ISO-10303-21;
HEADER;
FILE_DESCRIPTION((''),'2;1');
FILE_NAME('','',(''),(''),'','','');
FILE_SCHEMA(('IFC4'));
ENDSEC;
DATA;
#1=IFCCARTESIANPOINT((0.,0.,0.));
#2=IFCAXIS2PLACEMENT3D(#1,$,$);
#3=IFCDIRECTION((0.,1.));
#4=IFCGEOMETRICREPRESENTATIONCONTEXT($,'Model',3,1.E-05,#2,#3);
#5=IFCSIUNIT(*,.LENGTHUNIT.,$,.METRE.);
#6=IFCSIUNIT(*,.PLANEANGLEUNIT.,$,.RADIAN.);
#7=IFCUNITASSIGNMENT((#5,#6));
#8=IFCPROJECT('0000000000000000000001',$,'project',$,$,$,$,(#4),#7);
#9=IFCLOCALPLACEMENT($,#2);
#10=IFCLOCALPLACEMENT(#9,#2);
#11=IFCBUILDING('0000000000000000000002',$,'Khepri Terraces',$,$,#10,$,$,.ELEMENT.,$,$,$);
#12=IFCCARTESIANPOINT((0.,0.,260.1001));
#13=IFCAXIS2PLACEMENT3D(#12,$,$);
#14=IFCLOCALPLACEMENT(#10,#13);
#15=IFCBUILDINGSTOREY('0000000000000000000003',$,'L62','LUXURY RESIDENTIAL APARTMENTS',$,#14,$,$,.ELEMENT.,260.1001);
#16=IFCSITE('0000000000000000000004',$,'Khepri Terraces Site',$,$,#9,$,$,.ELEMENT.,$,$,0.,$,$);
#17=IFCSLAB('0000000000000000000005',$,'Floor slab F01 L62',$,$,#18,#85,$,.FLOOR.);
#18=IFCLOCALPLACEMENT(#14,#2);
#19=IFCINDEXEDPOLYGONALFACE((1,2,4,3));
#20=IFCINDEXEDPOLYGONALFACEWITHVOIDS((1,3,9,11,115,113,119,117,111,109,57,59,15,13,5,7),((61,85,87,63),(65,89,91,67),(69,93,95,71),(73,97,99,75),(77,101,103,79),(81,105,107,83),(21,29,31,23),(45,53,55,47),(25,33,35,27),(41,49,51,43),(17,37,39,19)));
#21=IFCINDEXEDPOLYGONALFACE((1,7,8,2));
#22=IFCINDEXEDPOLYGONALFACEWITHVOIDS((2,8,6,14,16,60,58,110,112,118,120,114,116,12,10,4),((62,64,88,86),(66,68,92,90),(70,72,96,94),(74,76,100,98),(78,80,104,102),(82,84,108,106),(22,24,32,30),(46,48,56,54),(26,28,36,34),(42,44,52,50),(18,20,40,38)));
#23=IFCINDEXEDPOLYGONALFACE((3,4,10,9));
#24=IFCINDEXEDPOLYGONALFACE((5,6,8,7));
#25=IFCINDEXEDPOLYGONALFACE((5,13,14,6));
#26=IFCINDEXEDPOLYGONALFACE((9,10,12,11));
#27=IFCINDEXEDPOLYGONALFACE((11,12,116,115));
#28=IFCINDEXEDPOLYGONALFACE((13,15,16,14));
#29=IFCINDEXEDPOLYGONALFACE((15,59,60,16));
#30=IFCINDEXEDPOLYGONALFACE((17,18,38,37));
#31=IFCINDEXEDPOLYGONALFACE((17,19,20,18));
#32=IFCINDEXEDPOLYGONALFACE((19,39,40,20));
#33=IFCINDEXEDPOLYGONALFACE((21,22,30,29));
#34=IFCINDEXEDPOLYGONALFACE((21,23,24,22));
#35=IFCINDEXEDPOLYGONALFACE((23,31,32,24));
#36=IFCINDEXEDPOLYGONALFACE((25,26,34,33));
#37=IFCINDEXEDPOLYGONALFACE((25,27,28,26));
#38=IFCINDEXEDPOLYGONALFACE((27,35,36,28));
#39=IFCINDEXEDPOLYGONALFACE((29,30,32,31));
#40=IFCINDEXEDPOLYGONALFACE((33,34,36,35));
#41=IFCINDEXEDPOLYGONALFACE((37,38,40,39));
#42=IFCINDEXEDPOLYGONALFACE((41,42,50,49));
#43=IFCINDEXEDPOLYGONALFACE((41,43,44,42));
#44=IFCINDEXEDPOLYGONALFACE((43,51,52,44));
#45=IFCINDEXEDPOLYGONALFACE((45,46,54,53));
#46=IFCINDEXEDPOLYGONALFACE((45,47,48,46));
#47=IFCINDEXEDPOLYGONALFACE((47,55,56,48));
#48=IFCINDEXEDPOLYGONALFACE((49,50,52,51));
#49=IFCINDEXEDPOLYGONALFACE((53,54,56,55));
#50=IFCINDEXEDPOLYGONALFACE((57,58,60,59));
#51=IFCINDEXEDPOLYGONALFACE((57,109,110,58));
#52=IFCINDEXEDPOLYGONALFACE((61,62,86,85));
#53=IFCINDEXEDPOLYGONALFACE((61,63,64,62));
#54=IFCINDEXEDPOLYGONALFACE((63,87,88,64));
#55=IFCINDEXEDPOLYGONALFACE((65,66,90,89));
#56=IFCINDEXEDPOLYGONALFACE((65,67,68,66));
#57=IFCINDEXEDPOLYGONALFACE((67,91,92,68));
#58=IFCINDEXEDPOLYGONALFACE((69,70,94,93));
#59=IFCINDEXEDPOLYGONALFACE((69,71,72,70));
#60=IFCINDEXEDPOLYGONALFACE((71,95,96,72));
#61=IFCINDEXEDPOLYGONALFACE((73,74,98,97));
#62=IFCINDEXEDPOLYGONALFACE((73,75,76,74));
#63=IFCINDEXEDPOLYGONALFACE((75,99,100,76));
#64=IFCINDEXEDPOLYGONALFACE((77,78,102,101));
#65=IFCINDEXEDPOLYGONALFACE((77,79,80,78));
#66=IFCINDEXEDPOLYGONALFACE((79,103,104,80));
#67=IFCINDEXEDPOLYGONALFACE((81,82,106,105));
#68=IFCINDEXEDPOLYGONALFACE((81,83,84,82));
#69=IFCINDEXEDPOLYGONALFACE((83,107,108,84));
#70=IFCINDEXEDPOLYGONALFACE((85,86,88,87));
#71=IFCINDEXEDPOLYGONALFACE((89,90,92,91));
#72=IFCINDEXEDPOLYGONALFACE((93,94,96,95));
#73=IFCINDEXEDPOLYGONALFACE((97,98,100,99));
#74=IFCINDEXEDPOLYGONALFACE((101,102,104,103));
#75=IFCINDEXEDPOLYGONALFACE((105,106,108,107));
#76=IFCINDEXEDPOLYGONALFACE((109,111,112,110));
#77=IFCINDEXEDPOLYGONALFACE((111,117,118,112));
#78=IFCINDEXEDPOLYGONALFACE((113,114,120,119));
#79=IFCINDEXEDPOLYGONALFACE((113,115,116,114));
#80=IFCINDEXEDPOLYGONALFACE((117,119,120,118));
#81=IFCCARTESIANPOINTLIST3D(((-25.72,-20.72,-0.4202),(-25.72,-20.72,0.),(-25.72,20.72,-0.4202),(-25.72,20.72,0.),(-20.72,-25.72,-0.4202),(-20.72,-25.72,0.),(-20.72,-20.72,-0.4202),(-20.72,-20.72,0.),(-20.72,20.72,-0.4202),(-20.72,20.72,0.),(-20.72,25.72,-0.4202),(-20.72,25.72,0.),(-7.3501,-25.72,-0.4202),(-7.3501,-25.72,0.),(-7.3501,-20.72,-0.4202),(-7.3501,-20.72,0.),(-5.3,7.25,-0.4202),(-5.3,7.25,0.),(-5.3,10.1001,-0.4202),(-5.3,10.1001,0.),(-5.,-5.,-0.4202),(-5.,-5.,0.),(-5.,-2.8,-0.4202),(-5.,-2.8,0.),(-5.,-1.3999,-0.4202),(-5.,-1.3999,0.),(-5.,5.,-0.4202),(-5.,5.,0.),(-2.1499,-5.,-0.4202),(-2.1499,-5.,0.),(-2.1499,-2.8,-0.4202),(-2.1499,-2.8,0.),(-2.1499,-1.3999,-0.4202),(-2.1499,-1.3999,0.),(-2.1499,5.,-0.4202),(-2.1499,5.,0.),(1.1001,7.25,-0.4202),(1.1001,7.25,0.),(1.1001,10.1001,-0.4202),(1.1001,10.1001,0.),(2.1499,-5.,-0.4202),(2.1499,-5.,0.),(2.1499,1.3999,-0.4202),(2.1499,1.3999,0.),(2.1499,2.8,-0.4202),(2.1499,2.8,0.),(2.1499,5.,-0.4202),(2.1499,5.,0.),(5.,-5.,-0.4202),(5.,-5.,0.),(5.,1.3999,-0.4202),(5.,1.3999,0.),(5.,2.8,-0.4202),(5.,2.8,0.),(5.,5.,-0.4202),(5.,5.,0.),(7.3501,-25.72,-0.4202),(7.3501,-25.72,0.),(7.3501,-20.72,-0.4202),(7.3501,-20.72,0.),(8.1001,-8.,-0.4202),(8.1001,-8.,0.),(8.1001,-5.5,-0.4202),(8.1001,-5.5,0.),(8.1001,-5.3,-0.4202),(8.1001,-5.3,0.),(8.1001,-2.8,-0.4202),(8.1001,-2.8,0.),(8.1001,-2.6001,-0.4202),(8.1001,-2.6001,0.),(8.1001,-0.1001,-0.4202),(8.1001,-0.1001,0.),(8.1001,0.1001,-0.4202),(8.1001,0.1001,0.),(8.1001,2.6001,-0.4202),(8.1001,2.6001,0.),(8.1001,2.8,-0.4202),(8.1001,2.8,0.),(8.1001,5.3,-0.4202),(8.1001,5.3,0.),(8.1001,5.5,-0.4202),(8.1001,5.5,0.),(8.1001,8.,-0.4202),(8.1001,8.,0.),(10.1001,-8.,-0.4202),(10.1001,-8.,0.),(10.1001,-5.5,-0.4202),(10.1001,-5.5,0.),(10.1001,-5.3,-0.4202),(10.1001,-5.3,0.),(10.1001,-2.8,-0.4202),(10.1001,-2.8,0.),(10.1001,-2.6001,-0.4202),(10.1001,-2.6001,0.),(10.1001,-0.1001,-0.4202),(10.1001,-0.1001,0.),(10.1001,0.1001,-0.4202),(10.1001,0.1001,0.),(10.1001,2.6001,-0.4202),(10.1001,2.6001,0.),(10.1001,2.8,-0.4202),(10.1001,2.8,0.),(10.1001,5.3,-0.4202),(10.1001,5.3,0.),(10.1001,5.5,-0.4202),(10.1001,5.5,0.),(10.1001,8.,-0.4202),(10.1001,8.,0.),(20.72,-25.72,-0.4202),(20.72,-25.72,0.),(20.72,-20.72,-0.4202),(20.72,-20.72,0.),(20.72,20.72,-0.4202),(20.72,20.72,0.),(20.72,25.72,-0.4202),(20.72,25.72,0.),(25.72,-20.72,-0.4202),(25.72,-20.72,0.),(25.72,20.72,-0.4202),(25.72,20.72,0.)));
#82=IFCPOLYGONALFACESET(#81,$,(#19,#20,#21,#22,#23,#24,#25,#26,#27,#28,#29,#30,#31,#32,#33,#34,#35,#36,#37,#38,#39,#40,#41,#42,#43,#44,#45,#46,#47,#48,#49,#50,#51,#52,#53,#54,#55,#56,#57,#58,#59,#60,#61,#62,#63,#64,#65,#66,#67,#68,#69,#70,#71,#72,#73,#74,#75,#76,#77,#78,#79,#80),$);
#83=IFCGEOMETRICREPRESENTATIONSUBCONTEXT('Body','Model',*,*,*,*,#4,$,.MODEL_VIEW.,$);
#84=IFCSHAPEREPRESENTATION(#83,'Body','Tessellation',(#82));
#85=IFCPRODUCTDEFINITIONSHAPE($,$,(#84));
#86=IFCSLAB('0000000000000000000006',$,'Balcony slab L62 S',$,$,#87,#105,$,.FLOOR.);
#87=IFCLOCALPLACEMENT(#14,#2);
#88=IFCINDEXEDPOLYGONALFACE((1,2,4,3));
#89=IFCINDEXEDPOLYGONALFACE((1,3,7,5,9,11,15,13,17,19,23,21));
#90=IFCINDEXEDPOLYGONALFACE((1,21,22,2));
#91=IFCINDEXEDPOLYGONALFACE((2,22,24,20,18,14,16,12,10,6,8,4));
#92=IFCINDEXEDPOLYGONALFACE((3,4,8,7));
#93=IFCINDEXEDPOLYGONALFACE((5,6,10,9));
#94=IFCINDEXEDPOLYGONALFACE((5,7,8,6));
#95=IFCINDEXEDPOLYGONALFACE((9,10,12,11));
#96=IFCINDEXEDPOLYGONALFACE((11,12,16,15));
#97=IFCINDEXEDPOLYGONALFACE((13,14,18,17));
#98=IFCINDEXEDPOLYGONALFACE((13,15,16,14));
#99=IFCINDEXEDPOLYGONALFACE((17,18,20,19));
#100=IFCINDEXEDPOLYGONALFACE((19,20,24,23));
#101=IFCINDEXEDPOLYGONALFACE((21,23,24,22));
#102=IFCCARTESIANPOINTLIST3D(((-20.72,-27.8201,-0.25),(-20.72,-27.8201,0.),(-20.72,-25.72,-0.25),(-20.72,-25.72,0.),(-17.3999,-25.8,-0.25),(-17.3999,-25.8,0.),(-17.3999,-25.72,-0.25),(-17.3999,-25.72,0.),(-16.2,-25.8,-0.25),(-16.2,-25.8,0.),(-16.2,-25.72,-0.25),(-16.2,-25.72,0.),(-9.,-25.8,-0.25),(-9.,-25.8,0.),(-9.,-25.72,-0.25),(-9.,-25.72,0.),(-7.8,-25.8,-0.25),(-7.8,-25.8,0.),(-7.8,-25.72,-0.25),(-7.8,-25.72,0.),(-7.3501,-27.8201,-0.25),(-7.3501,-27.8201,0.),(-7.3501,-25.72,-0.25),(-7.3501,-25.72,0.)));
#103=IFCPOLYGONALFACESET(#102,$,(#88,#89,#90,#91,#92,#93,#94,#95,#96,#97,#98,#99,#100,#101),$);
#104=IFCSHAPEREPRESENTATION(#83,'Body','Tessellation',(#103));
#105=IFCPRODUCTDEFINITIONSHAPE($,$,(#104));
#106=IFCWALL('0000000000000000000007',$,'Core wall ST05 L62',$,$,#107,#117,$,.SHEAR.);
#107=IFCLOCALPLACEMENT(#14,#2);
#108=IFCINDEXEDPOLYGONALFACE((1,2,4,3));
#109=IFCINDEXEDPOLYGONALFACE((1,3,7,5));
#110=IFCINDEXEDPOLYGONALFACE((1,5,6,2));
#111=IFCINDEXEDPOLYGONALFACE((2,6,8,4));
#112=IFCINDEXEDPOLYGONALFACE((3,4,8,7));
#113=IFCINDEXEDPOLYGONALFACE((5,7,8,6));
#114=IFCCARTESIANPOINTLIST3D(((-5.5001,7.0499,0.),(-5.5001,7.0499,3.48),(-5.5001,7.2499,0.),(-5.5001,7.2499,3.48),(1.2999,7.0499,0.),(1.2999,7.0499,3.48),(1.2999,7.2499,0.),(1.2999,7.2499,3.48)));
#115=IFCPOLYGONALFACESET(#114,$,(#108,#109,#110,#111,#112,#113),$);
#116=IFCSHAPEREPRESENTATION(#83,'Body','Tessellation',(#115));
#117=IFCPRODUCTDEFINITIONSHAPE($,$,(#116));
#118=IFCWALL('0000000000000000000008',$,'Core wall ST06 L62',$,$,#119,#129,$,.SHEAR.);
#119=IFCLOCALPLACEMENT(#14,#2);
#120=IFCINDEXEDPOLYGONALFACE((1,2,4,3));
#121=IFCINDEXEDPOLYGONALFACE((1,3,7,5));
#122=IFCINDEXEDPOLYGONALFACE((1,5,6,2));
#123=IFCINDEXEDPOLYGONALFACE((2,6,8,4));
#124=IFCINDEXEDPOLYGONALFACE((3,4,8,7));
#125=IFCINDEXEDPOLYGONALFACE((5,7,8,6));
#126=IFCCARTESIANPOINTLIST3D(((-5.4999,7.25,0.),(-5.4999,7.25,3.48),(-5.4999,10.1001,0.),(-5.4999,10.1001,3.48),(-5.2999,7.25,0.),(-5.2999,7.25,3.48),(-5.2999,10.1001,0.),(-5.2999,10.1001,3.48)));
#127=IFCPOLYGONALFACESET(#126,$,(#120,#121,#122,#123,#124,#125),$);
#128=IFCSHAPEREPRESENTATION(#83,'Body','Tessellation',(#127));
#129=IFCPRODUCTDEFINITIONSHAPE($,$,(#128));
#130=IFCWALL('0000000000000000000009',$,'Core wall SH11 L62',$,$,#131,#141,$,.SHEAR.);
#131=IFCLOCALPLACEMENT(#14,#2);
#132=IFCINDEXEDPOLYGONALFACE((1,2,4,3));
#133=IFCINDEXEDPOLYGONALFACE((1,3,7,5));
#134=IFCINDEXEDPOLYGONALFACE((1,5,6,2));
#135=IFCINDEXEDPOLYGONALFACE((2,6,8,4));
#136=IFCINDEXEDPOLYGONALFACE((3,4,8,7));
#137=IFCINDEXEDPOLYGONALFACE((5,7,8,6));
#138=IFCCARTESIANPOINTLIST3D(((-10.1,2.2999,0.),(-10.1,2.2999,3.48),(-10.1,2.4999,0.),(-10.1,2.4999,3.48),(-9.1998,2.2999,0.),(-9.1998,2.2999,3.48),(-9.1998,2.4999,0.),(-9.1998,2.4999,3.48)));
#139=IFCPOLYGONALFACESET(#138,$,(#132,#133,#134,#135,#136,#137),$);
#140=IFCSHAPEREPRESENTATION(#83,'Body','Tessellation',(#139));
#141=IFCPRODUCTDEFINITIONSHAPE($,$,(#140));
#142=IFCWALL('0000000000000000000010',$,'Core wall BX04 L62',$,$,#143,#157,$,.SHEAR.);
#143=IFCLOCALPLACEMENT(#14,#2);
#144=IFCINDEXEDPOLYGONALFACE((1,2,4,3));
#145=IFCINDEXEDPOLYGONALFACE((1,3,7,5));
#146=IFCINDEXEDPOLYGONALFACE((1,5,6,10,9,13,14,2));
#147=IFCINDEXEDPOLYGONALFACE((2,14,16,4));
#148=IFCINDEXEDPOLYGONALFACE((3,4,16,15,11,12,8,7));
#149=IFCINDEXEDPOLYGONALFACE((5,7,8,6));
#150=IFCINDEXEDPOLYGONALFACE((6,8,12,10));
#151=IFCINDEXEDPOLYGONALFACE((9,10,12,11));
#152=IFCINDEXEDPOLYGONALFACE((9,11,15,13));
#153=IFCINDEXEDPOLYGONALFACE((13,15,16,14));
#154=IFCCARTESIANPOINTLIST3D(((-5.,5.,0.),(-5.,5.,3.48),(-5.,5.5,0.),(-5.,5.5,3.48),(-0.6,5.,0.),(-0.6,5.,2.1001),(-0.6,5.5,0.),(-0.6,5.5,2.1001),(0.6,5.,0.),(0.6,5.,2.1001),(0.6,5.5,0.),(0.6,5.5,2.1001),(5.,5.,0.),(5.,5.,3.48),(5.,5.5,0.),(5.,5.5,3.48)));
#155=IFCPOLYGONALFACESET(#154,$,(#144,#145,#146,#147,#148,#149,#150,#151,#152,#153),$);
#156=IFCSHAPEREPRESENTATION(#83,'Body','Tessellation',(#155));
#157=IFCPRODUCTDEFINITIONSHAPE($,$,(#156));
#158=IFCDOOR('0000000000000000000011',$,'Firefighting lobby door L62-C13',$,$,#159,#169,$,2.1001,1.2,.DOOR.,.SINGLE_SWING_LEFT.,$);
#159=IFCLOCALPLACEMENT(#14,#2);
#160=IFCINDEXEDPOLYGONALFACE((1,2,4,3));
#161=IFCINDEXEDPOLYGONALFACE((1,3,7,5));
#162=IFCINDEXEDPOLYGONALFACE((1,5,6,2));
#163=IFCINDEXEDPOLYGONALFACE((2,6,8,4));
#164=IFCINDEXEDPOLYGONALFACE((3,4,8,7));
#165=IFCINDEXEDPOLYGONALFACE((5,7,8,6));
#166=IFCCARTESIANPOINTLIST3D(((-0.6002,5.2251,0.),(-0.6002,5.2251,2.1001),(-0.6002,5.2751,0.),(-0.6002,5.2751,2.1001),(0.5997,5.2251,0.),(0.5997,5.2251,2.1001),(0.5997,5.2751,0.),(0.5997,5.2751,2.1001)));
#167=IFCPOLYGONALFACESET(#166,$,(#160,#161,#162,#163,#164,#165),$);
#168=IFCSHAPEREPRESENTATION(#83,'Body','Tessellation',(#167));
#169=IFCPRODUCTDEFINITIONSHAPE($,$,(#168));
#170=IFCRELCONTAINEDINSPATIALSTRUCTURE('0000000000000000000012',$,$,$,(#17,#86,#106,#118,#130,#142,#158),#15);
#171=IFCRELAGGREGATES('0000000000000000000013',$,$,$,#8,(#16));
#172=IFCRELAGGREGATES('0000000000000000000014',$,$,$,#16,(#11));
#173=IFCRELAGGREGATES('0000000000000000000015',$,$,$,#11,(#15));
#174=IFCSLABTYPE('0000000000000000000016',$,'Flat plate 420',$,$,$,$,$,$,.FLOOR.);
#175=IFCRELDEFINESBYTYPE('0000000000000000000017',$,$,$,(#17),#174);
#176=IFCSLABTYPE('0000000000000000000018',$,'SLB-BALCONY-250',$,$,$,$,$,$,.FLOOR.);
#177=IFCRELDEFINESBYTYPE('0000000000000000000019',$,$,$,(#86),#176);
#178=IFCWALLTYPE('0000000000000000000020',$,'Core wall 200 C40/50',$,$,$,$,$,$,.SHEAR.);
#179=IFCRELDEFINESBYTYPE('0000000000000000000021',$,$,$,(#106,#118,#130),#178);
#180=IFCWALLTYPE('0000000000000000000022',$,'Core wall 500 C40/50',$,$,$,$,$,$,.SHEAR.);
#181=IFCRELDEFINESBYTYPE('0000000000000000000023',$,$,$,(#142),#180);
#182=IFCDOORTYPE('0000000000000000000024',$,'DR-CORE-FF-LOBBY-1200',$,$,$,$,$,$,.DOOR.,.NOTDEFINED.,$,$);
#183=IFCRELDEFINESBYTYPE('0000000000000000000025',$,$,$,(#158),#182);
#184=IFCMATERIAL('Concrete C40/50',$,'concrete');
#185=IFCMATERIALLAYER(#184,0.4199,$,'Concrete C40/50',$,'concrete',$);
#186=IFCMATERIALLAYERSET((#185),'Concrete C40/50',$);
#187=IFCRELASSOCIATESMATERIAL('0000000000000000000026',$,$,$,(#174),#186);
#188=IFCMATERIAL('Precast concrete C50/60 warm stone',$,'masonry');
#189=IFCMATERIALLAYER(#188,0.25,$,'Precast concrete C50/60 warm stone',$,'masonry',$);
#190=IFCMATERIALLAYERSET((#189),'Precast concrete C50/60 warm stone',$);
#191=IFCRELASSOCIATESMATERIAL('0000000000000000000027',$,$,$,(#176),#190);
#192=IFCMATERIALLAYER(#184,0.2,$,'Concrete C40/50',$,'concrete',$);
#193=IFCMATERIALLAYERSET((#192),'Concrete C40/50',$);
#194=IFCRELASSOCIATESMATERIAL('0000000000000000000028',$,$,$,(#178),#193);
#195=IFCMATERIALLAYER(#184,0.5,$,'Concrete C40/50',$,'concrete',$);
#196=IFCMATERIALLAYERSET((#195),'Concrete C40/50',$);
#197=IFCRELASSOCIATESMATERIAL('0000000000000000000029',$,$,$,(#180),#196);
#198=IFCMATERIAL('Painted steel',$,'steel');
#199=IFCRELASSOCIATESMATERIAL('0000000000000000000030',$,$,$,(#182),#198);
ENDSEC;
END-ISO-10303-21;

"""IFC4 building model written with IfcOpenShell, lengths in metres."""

from ifc_helpers import new_model, si_unit, direction, frame, frame_2d, origin, place, context, subcontext, project, spatial, polyline, rectangle, outline, extrude, material, layer, layer_set, type_object, element, fill, save


model = new_model("IFC4")

# Units and contexts
model_context = context("Model", 3, precision=1e-05, world=origin(), true_north=direction((0.0, 1.0)))
body_context = subcontext(model_context, "Body", "Model", "MODEL_VIEW")
ifc_project = project(units=[si_unit("LENGTHUNIT", "METRE"), si_unit("PLANEANGLEUNIT", "RADIAN")], contexts=[model_context])

# Site, building, storey
site_placement = place(None, origin())
site = spatial("IfcSite", under=ifc_project, at=site_placement, Name="Khepri Terraces Site", CompositionType="ELEMENT", RefElevation=0.0)
building_placement = place(site_placement, origin())
building = spatial("IfcBuilding", under=site, at=building_placement, Name="Khepri Terraces", CompositionType="ELEMENT")
storey_placement = place(building_placement, frame((0.0, 0.0, 260.1001)))
storey = spatial("IfcBuildingStorey", under=building, at=storey_placement, Name="L62", Description="LUXURY RESIDENTIAL APARTMENTS", CompositionType="ELEMENT", Elevation=260.1001)

# Slabs
ifc_material_1 = material(Name="Concrete C40/50", Category="concrete")
ifc_layer_1 = layer(ifc_material_1, 0.4199, Name="Concrete C40/50", Category="concrete")
ifc_layer_set_1 = layer_set([ifc_layer_1], Name="Concrete C40/50")
slab_type_1 = type_object("IfcSlabType", Name="Flat plate 420", PredefinedType="FLOOR", material=ifc_layer_set_1)
slab_1_placement = place(storey_placement, frame((0.0, 0.0, -0.4202)))
element("IfcSlab", 1, at=slab_1_placement, inside=storey, type_object=slab_type_1, Name="Floor slab F01 L62", PredefinedType="FLOOR", context=body_context, shape_type="SweptSolid", body=[
    extrude(outline(polyline([(-20.72, 25.72), (20.72, 25.72), (20.72, 20.72), (25.72, 20.72), (25.72, -20.72), (20.72, -20.72), (20.72, -25.72), (7.3501, -25.72), (7.3501, -20.72), (-7.3501, -20.72), (-7.3501, -25.72), (-20.72, -25.72), (-20.72, -20.72), (-25.72, -20.72), (-25.72, 20.72), (-20.72, 20.72), (-20.72, 25.72)]), holes=[polyline([(2.1499, 2.8), (5.0, 2.8), (5.0, 5.0), (2.1499, 5.0), (2.1499, 2.8)]), polyline([(-5.0, -2.8), (-5.0, -5.0), (-2.1499, -5.0), (-2.1499, -2.8), (-5.0, -2.8)]), polyline([(10.1001, -5.5), (8.1001, -5.5), (8.1001, -8.0), (10.1001, -8.0), (10.1001, -5.5)]), polyline([(10.1001, -5.3), (10.1001, -2.8), (8.1001, -2.8), (8.1001, -5.3), (10.1001, -5.3)]), polyline([(8.1001, -2.6001), (10.1001, -2.6001), (10.1001, -0.1001), (8.1001, -0.1001), (8.1001, -2.6001)]), polyline([(8.1001, 2.6001), (8.1001, 0.1001), (10.1001, 0.1001), (10.1001, 2.6001), (8.1001, 2.6001)]), polyline([(10.1001, 5.3), (8.1001, 5.3), (8.1001, 2.8), (10.1001, 2.8), (10.1001, 5.3)]), polyline([(10.1001, 5.5), (10.1001, 8.0), (8.1001, 8.0), (8.1001, 5.5), (10.1001, 5.5)]), polyline([(-5.0, -1.3999), (-2.1499, -1.3999), (-2.1499, 5.0), (-5.0, 5.0), (-5.0, -1.3999)]), polyline([(5.0, -5.0), (5.0, 1.3999), (2.1499, 1.3999), (2.1499, -5.0), (5.0, -5.0)]), polyline([(-5.3, 10.1001), (-5.3, 7.25), (1.1001, 7.25), (1.1001, 10.1001), (-5.3, 10.1001)])]), origin(), (0.0, 0.0, 1.0), 0.4202),
])
ifc_material_2 = material(Name="Precast concrete C50/60 warm stone", Category="masonry")
ifc_layer_2 = layer(ifc_material_2, 0.25, Name="Precast concrete C50/60 warm stone", Category="masonry")
ifc_layer_set_2 = layer_set([ifc_layer_2], Name="Precast concrete C50/60 warm stone")
slab_type_2 = type_object("IfcSlabType", Name="SLB-BALCONY-250", PredefinedType="FLOOR", material=ifc_layer_set_2)
slab_2_placement = place(storey_placement, frame((0.0, 0.0, -0.25)))
element("IfcSlab", 2, at=slab_2_placement, inside=storey, type_object=slab_type_2, Name="Balcony slab L62 S", PredefinedType="FLOOR", context=body_context, shape_type="SweptSolid", body=[
    extrude(outline(polyline([(-17.3999, -25.72), (-20.72, -25.72), (-20.72, -27.8201), (-7.3501, -27.8201), (-7.3501, -25.72), (-7.8, -25.72), (-7.8, -25.8), (-9.0, -25.8), (-9.0, -25.72), (-16.2, -25.72), (-16.2, -25.8), (-17.3999, -25.8), (-17.3999, -25.72)])), origin(), (0.0, 0.0, 1.0), 0.25),
])

# Walls
ifc_layer_3 = layer(ifc_material_1, 0.2, Name="Concrete C40/50", Category="concrete")
ifc_layer_set_3 = layer_set([ifc_layer_3], Name="Concrete C40/50")
wall_type_1 = type_object("IfcWallType", Name="Core wall 200 C40/50", PredefinedType="SHEAR", material=ifc_layer_set_3)
wall_1_placement = place(storey_placement, frame((-5.5, 7.1499, 0.0), z_axis=(0.0, 0.0, 1.0), x_axis=(1.0, 0.0, 0.0)))
element("IfcWall", 3, at=wall_1_placement, inside=storey, type_object=wall_type_1, Name="Core wall ST05 L62", PredefinedType="SHEAR", context=body_context, shape_type="SweptSolid", body=[
    extrude(rectangle(XDim=6.8, YDim=0.2, at=frame_2d((3.3999, 0.0))), origin(), (0.0, 0.0, 1.0), 3.48),
])
wall_2_placement = place(storey_placement, frame((-5.3999, 7.25, 0.0), z_axis=(0.0, 0.0, 1.0), x_axis=(0.0, 1.0, 0.0)))
element("IfcWall", 4, at=wall_2_placement, inside=storey, type_object=wall_type_1, Name="Core wall ST06 L62", PredefinedType="SHEAR", context=body_context, shape_type="SweptSolid", body=[
    extrude(rectangle(XDim=2.8501, YDim=0.2, at=frame_2d((1.425, 0.0))), origin(), (0.0, 0.0, 1.0), 3.48),
])
wall_3_placement = place(storey_placement, frame((-10.1001, 2.3999, 0.0), z_axis=(0.0, 0.0, 1.0), x_axis=(1.0, 0.0, 0.0)))
element("IfcWall", 5, at=wall_3_placement, inside=storey, type_object=wall_type_1, Name="Core wall SH11 L62", PredefinedType="SHEAR", context=body_context, shape_type="SweptSolid", body=[
    extrude(rectangle(XDim=0.9001, YDim=0.2, at=frame_2d((0.4502, 0.0))), origin(), (0.0, 0.0, 1.0), 3.48),
])

# Wall, opening, door
ifc_layer_4 = layer(ifc_material_1, 0.5, Name="Concrete C40/50", Category="concrete")
ifc_layer_set_4 = layer_set([ifc_layer_4], Name="Concrete C40/50")
wall_type_2 = type_object("IfcWallType", Name="Core wall 500 C40/50", PredefinedType="SHEAR", material=ifc_layer_set_4)
wall_4_placement = place(storey_placement, frame((-5.0, 5.25, 0.0), z_axis=(0.0, 0.0, 1.0), x_axis=(1.0, 0.0, 0.0)))
wall_4 = element("IfcWall", 6, at=wall_4_placement, inside=storey, type_object=wall_type_2, Name="Core wall BX04 L62", PredefinedType="SHEAR", context=body_context, shape_type="SweptSolid", body=[
    extrude(rectangle(XDim=10.0, YDim=0.5, at=frame_2d((5.0, 0.0))), origin(), (0.0, 0.0, 1.0), 3.48),
])
opening_1_placement = place(wall_4_placement, frame((4.3999, 0.0, 0.0)))
opening_1 = element("IfcOpeningElement", 7, at=opening_1_placement, cuts=wall_4, PredefinedType="OPENING", context=body_context, shape_type="SweptSolid", body=[
    extrude(rectangle(XDim=1.2, YDim=2.1001, at=frame_2d((0.6001, 1.05))), frame((0.0, 0.26, 0.0), z_axis=(0.0, -1.0, 0.0), x_axis=(1.0, 0.0, 0.0)), (0.0, 0.0, 1.0), 0.52),
])
ifc_material_3 = material(Name="Painted steel", Category="steel")
door_type_1 = type_object("IfcDoorType", Name="DR-CORE-FF-LOBBY-1200", OperationType="NOTDEFINED", PredefinedType="DOOR", material=ifc_material_3)
door_1_placement = place(opening_1_placement, frame((1.2, 0.0, 0.0), z_axis=(0.0, 0.0, 1.0), x_axis=(-1.0, 0.0, 0.0)))
door_1 = element("IfcDoor", 8, at=door_1_placement, inside=storey, type_object=door_type_1, Name="Firefighting lobby door L62-C13", OperationType="SINGLE_SWING_LEFT", OverallHeight=2.1001, OverallWidth=1.2, PredefinedType="DOOR", context=body_context, shape_type="SweptSolid", body=[
    extrude(rectangle(XDim=1.2, YDim=2.1001, at=frame_2d((0.6001, 1.05))), frame((0.0, 0.0249, 0.0), z_axis=(0.0, -1.0, 0.0), x_axis=(1.0, 0.0, 0.0)), (0.0, 0.0, 1.0), 0.05),
])
fill(opening_1, door_1)

save(model, "model.ifc")
